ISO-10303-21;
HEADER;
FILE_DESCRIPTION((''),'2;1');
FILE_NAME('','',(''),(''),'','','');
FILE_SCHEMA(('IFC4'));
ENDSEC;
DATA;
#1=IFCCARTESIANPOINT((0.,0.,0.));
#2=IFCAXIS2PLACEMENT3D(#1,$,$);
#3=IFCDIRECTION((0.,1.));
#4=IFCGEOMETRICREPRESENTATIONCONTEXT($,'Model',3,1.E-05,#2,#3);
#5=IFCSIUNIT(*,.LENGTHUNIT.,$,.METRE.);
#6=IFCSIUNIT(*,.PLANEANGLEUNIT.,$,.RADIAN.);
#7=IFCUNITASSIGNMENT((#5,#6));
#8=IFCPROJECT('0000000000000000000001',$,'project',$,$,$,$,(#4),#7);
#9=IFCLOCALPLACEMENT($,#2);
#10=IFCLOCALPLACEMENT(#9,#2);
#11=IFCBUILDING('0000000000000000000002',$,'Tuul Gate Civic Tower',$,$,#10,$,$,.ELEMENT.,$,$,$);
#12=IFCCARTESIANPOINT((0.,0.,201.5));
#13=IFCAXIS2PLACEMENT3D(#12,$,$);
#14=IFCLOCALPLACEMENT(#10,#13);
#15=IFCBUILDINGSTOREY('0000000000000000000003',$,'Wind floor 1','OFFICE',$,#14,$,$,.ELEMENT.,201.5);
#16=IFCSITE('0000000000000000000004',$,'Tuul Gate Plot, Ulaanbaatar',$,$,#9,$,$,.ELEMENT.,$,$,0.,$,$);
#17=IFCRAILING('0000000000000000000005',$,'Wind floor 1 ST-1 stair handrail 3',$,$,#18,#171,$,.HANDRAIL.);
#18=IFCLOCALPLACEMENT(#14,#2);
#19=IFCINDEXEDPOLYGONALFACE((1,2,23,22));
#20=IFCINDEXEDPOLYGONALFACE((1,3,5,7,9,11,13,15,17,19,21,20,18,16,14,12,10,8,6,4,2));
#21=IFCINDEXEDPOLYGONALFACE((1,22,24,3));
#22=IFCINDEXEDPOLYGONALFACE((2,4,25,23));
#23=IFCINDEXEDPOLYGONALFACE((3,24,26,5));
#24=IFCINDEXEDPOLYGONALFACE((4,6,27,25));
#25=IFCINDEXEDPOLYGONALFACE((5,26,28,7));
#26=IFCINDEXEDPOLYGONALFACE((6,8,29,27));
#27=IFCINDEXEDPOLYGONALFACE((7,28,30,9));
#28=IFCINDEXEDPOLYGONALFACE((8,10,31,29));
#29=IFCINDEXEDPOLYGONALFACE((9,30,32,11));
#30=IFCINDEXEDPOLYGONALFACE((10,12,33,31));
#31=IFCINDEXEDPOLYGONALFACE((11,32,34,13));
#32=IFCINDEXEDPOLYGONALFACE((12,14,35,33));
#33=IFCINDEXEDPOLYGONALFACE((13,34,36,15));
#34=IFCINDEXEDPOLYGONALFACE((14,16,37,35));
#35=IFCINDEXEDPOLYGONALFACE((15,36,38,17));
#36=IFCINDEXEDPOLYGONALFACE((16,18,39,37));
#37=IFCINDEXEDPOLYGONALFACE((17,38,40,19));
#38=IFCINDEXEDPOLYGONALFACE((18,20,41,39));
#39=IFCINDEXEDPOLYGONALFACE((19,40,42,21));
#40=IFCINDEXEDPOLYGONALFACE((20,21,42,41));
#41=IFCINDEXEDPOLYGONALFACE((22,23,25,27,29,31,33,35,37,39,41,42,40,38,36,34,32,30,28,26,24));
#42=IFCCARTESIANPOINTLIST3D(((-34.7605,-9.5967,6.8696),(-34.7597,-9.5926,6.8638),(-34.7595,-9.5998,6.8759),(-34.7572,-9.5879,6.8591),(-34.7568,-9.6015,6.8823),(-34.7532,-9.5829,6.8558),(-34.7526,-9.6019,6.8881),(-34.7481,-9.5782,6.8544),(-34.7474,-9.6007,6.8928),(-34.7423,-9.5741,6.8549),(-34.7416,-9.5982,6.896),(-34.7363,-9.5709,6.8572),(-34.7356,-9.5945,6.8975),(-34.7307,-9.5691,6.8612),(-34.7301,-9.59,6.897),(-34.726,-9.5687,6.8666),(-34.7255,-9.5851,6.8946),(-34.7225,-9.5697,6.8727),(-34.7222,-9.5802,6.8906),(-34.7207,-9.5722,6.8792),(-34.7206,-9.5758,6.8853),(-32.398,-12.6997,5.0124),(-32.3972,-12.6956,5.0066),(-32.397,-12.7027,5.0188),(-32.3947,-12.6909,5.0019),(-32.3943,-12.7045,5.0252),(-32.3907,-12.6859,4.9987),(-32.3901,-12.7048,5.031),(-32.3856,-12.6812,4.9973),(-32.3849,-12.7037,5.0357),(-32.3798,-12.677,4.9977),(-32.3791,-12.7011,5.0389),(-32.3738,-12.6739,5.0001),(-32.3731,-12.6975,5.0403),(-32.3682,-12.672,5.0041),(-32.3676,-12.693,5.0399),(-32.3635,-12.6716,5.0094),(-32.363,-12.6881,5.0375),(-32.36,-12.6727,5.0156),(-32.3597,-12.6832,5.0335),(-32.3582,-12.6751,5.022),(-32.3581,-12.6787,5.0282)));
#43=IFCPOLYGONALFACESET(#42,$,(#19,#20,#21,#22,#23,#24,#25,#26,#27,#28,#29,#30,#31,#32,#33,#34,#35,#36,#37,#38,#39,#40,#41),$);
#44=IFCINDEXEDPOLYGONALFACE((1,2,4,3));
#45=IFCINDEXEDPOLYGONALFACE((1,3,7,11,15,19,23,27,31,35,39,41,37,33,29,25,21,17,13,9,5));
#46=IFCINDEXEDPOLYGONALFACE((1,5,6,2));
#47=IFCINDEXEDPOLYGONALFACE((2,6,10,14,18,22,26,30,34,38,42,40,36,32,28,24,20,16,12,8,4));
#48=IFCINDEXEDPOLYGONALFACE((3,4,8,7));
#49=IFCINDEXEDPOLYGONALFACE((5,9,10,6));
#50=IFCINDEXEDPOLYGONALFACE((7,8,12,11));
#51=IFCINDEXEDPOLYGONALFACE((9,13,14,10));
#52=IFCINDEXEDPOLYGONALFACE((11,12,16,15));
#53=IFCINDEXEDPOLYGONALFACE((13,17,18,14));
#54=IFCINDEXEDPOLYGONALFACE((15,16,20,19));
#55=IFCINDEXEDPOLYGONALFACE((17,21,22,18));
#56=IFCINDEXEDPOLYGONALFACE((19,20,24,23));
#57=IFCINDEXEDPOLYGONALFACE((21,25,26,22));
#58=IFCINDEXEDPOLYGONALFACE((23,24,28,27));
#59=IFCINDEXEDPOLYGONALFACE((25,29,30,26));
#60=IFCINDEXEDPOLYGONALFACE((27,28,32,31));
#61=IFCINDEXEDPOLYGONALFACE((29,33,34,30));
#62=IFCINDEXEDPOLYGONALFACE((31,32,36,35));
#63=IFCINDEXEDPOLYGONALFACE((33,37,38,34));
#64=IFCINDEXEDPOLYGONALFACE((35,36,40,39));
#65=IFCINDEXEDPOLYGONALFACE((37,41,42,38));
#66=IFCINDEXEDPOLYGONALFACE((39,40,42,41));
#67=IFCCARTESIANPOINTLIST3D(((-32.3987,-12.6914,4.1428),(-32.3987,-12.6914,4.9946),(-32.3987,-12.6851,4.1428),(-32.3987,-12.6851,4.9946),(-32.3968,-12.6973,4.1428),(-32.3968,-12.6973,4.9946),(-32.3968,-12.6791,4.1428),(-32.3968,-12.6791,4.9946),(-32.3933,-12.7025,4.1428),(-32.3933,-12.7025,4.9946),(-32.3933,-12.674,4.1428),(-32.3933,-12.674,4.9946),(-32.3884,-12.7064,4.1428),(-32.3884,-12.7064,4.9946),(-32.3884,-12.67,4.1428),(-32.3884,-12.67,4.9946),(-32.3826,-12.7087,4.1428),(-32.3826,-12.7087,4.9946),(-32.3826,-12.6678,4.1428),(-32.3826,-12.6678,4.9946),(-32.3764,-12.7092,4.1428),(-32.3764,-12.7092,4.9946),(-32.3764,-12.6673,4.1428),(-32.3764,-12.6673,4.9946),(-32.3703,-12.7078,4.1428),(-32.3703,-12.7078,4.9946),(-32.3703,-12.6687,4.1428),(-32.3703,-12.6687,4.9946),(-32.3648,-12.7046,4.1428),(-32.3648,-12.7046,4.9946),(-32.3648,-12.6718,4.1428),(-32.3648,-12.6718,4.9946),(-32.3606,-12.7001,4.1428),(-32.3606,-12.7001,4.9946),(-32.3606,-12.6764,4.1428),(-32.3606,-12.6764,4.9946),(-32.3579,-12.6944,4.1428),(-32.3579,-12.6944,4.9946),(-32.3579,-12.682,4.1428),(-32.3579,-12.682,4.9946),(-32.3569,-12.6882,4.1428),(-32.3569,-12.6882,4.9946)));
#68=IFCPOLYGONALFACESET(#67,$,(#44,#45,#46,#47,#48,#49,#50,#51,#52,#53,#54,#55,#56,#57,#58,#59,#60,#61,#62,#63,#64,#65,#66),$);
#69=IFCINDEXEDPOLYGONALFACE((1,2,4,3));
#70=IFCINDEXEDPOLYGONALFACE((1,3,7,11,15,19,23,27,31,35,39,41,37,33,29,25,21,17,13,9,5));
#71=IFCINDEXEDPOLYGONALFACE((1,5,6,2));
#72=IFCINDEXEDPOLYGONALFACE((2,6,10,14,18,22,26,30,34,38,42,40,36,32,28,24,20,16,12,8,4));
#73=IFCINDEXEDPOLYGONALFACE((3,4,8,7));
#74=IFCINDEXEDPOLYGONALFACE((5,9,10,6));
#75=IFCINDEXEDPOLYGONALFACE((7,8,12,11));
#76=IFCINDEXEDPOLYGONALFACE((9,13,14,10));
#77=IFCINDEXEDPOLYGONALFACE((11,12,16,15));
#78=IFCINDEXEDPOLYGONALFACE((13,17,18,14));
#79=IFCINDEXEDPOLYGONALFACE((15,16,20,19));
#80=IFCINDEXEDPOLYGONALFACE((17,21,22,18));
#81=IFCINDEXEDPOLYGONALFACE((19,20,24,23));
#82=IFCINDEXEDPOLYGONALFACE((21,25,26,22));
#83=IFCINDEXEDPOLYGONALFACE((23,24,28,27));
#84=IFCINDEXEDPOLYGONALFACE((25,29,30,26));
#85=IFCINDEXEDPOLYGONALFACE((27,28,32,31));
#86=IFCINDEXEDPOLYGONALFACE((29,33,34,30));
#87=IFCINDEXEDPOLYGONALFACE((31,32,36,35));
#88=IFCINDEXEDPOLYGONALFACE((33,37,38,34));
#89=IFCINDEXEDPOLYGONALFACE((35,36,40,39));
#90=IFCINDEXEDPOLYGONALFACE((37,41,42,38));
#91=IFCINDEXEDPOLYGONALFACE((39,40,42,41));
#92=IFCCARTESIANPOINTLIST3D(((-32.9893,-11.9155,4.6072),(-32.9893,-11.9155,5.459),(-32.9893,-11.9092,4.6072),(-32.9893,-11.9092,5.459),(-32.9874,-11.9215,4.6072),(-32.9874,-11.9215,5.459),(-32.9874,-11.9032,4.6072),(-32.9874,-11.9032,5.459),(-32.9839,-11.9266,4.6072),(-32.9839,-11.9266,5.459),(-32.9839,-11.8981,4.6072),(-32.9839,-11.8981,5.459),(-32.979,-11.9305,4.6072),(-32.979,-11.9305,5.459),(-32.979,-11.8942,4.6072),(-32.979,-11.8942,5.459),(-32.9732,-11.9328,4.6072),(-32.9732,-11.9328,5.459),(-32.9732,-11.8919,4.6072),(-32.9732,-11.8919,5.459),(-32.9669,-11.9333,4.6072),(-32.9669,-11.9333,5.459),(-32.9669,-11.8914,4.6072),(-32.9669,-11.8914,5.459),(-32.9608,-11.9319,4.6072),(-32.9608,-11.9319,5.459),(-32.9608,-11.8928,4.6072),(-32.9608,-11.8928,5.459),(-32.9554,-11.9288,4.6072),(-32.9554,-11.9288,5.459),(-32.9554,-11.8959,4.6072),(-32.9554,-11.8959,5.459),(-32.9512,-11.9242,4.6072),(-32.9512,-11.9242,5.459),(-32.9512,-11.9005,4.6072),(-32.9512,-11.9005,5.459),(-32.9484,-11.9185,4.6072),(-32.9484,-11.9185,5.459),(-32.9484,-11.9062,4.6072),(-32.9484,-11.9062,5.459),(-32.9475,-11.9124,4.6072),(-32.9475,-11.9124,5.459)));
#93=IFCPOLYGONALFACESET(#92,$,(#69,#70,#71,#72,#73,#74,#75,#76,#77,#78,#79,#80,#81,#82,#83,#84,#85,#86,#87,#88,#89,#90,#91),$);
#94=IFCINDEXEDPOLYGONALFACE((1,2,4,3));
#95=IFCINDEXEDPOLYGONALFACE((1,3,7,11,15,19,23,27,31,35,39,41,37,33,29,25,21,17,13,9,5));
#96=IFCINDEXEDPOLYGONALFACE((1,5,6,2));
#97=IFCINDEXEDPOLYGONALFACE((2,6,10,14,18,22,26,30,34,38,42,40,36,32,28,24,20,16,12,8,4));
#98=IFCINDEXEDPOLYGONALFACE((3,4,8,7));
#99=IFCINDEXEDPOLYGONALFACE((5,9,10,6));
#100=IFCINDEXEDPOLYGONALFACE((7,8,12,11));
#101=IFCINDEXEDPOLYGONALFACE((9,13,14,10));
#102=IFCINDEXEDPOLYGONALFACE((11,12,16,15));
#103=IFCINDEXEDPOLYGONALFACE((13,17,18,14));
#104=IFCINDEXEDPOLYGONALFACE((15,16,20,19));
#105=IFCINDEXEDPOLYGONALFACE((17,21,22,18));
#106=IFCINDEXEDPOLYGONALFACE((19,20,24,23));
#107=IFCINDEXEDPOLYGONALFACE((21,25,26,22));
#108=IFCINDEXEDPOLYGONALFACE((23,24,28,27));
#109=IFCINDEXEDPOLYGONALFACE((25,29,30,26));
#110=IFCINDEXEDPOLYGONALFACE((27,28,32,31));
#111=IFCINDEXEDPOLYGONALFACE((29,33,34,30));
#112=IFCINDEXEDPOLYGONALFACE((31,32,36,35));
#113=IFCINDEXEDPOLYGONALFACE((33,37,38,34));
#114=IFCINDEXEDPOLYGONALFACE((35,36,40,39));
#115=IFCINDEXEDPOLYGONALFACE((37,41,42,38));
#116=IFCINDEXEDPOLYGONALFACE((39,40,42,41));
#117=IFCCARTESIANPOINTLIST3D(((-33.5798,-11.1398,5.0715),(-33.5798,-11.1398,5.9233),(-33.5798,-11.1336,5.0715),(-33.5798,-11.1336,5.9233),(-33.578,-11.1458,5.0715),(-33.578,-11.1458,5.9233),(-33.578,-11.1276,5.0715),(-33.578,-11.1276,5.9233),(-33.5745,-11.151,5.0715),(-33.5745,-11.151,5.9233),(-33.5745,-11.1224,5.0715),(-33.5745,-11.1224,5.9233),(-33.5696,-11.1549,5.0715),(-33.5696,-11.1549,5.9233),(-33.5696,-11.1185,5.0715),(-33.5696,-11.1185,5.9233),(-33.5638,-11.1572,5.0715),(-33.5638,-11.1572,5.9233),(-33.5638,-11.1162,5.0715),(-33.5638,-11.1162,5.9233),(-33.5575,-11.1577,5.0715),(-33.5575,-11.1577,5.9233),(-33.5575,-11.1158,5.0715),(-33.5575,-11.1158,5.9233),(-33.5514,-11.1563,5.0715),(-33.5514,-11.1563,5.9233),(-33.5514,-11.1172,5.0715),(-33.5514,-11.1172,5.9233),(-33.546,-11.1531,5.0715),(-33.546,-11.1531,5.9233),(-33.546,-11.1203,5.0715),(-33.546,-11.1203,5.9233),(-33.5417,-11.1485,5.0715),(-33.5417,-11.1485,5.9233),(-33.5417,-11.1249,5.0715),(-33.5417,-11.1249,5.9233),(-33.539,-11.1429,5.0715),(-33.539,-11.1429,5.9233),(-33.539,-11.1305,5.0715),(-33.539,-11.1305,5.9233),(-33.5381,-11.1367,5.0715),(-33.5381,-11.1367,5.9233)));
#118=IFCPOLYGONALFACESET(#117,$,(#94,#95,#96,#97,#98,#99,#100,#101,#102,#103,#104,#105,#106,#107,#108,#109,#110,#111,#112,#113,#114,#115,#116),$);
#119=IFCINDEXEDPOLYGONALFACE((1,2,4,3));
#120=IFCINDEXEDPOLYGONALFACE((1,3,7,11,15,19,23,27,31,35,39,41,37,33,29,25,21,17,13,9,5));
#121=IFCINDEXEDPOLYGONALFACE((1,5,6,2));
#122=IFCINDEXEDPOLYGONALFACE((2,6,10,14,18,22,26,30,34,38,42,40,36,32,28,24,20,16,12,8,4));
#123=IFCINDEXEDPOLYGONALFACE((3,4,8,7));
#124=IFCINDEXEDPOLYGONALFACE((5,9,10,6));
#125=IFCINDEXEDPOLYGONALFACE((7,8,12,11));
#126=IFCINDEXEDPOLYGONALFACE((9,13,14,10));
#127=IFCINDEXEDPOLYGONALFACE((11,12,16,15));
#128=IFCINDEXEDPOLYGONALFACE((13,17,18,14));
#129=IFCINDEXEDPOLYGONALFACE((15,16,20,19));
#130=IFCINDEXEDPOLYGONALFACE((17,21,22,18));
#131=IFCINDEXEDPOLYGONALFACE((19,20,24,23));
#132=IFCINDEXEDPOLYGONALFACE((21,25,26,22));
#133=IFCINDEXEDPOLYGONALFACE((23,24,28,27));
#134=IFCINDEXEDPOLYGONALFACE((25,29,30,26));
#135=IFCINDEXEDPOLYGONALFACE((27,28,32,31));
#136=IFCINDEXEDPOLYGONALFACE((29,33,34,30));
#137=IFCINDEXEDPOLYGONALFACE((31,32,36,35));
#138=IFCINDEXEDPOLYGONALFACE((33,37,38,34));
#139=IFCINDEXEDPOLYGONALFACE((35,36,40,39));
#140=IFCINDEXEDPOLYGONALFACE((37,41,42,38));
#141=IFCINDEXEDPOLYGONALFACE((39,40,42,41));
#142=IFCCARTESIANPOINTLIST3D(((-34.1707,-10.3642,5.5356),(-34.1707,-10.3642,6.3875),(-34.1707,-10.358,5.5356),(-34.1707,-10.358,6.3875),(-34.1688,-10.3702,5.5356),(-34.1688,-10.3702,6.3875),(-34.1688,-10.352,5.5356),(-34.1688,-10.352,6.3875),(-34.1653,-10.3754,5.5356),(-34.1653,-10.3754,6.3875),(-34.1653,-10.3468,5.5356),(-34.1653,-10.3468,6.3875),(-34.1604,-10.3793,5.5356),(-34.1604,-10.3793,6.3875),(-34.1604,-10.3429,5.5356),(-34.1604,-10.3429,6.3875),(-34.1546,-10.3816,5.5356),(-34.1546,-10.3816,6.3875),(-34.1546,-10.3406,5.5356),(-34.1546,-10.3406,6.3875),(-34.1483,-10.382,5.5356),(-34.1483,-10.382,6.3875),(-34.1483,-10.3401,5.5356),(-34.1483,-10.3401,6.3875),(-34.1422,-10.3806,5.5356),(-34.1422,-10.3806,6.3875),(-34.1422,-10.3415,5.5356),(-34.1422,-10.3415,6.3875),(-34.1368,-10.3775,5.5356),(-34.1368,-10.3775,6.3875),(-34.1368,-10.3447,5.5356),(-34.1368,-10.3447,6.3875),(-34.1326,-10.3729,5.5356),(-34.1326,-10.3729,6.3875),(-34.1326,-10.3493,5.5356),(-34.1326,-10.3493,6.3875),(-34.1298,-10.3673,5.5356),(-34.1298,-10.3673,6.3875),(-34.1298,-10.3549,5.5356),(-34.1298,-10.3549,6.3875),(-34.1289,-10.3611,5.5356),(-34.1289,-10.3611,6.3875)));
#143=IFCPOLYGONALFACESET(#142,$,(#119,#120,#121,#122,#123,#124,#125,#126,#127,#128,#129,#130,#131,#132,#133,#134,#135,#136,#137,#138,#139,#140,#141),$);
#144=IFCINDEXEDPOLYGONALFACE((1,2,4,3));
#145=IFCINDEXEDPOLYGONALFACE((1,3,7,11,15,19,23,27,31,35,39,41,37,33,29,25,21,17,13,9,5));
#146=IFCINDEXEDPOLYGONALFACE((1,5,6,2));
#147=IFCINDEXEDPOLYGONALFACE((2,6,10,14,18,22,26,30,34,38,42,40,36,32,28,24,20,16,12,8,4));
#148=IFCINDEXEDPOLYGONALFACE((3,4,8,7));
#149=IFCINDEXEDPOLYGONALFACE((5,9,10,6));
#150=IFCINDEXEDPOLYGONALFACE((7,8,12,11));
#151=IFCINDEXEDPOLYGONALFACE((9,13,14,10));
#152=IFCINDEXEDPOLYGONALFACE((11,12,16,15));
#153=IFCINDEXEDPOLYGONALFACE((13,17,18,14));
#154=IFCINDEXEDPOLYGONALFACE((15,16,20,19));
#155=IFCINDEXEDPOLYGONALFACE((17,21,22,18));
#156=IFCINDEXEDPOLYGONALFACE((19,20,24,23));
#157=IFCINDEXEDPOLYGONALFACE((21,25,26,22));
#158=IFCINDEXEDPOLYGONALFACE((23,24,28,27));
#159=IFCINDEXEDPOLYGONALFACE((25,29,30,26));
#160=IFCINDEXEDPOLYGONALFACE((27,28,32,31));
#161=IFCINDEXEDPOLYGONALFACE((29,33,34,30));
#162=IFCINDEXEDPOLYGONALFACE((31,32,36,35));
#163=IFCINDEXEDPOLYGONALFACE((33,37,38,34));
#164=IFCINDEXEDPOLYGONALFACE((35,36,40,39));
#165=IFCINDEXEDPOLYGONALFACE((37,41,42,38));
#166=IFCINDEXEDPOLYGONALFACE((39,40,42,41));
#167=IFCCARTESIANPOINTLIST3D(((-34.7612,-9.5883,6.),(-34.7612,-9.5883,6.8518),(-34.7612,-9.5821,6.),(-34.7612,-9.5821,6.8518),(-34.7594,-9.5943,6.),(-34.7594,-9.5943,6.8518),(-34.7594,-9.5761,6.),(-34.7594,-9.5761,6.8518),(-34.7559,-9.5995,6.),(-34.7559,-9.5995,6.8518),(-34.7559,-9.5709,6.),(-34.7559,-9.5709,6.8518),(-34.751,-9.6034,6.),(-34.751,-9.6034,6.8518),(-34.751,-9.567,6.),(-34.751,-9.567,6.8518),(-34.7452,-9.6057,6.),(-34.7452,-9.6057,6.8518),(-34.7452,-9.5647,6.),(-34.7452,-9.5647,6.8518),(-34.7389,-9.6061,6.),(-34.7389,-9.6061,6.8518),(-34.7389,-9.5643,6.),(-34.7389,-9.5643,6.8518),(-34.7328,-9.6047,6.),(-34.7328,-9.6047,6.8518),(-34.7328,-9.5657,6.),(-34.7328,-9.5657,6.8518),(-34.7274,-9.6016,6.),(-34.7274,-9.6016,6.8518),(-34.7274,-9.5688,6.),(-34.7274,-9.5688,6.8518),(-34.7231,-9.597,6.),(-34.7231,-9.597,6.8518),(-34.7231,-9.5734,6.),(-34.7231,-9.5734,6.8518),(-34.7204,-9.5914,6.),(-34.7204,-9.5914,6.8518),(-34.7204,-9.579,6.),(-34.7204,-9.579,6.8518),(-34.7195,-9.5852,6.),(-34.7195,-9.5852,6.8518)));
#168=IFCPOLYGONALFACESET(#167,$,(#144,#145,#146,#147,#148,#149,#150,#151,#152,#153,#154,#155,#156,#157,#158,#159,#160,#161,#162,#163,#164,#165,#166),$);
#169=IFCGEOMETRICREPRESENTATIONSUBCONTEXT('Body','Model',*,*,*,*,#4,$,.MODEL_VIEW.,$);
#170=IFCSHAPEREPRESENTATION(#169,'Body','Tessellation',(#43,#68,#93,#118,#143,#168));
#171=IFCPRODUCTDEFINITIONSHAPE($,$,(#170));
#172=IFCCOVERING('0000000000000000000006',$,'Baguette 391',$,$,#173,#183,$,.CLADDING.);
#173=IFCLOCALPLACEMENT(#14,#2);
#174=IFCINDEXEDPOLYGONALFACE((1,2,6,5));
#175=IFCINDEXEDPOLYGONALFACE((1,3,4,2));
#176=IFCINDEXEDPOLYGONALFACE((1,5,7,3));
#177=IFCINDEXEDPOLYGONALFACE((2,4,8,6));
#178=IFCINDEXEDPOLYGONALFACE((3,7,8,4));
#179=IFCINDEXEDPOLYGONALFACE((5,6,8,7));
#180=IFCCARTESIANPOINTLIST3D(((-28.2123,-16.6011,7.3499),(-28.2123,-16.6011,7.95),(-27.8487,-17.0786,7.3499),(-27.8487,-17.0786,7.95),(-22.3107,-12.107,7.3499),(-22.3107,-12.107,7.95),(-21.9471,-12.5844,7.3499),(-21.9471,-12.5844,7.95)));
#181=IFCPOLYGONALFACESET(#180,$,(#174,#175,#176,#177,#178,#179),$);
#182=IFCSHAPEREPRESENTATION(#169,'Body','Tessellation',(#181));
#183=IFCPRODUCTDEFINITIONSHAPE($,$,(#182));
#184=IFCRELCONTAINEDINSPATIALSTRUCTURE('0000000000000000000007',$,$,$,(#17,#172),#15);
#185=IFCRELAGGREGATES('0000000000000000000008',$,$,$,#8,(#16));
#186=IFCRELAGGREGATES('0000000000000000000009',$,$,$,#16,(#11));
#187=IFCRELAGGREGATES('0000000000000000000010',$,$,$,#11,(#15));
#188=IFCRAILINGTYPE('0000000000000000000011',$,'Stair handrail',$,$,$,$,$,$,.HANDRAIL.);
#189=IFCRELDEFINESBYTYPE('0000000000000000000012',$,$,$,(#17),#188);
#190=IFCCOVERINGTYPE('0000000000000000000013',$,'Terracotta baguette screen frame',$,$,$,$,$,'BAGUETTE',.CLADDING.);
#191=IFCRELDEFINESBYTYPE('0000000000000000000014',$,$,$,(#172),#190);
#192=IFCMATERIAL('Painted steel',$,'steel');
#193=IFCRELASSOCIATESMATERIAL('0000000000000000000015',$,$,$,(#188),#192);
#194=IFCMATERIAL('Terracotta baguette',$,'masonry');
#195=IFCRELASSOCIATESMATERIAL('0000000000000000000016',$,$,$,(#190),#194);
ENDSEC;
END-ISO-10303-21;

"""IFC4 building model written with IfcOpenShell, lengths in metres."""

from ifc_helpers import new_model, si_unit, direction, frame, origin, origin_2d, place, context, subcontext, project, spatial, rectangle, circle, extrude, material, material_profile, profile_set, type_object, element, save


model = new_model("IFC4")

# Units and contexts
model_context = context("Model", 3, precision=1e-05, world=origin(), true_north=direction((0.0, 1.0)))
body_context = subcontext(model_context, "Body", "Model", "MODEL_VIEW")
ifc_project = project(units=[si_unit("LENGTHUNIT", "METRE"), si_unit("PLANEANGLEUNIT", "RADIAN")], contexts=[model_context])

# Site, building, storey
site_placement = place(None, origin())
site = spatial("IfcSite", under=ifc_project, at=site_placement, Name="Tuul Gate Plot, Ulaanbaatar", CompositionType="ELEMENT", RefElevation=0.0)
building_placement = place(site_placement, origin())
building = spatial("IfcBuilding", under=site, at=building_placement, Name="Tuul Gate Civic Tower", CompositionType="ELEMENT")
storey_placement = place(building_placement, frame((0.0, 0.0, 201.5)))
storey = spatial("IfcBuildingStorey", under=building, at=storey_placement, Name="Wind floor 1", Description="OFFICE", CompositionType="ELEMENT", Elevation=201.5)

# Railing
ifc_material_1 = material(Name="Painted steel", Category="steel")
railing_type_1 = type_object("IfcRailingType", Name="Stair handrail", PredefinedType="HANDRAIL", material=ifc_material_1)
for number, where, name in (
    (1, (-32.3779, -12.6882, 4.1428), "Wind floor 1 ST-1 stair handrail 3"),
):
    element("IfcRailing", number, at=place(storey_placement, frame(where)), inside=storey, type_object=railing_type_1, Name=name, PredefinedType="HANDRAIL", context=body_context, shape_type="SweptSolid", body=[
        extrude(circle(Radius=0.0239, at=origin_2d()), frame((0.0, 0.0, 0.876), z_axis=(-0.546928, 0.718349, 0.429935), x_axis=(-0.795637, -0.605773, 0.0)), (0.0, 0.0, 1.0), 4.3196),
        extrude(circle(Radius=0.021, at=origin_2d()), origin(), (0.0, 0.0, 1.0), 0.8518),
        extrude(circle(Radius=0.021, at=origin_2d()), frame((-0.5906, 0.7759, 0.4644)), (0.0, 0.0, 1.0), 0.8518),
        extrude(circle(Radius=0.021, at=origin_2d()), frame((-1.1812, 1.5515, 0.9287)), (0.0, 0.0, 1.0), 0.8518),
        extrude(circle(Radius=0.021, at=origin_2d()), frame((-1.772, 2.3271, 1.3928)), (0.0, 0.0, 1.0), 0.8518),
        extrude(circle(Radius=0.021, at=origin_2d()), frame((-2.3625, 3.103, 1.8572)), (0.0, 0.0, 1.0), 0.8518),
    ])

# Covering
ifc_material_2 = material(Name="Terracotta baguette", Category="masonry")
ifc_material_profile_1 = material_profile(ifc_material_2, rectangle(XDim=0.6001, YDim=0.6001, at=origin_2d()), Name="Terracotta baguette screen frame")
ifc_profile_set_1 = profile_set([ifc_material_profile_1], Name="Terracotta baguette")
covering_type = type_object("IfcCoveringType", Name="Terracotta baguette screen frame", ElementType="BAGUETTE", PredefinedType="CLADDING", material=ifc_profile_set_1)
covering_placement = place(storey_placement, frame((-28.0305, -16.8398, 7.6499), z_axis=(0.795583, 0.605845, 0.0), x_axis=(-0.605845, 0.795583, 0.0)))
element("IfcCovering", 2, at=covering_placement, inside=storey, type_object=covering_type, Name="Baguette 391", PredefinedType="CLADDING", context=body_context, shape_type="SweptSolid", body=[
    extrude(rectangle(XDim=0.6001, YDim=0.6001, at=origin_2d()), origin(), (0.0, 0.0, 1.0), 7.418),
])

save(model, "model.ifc")
